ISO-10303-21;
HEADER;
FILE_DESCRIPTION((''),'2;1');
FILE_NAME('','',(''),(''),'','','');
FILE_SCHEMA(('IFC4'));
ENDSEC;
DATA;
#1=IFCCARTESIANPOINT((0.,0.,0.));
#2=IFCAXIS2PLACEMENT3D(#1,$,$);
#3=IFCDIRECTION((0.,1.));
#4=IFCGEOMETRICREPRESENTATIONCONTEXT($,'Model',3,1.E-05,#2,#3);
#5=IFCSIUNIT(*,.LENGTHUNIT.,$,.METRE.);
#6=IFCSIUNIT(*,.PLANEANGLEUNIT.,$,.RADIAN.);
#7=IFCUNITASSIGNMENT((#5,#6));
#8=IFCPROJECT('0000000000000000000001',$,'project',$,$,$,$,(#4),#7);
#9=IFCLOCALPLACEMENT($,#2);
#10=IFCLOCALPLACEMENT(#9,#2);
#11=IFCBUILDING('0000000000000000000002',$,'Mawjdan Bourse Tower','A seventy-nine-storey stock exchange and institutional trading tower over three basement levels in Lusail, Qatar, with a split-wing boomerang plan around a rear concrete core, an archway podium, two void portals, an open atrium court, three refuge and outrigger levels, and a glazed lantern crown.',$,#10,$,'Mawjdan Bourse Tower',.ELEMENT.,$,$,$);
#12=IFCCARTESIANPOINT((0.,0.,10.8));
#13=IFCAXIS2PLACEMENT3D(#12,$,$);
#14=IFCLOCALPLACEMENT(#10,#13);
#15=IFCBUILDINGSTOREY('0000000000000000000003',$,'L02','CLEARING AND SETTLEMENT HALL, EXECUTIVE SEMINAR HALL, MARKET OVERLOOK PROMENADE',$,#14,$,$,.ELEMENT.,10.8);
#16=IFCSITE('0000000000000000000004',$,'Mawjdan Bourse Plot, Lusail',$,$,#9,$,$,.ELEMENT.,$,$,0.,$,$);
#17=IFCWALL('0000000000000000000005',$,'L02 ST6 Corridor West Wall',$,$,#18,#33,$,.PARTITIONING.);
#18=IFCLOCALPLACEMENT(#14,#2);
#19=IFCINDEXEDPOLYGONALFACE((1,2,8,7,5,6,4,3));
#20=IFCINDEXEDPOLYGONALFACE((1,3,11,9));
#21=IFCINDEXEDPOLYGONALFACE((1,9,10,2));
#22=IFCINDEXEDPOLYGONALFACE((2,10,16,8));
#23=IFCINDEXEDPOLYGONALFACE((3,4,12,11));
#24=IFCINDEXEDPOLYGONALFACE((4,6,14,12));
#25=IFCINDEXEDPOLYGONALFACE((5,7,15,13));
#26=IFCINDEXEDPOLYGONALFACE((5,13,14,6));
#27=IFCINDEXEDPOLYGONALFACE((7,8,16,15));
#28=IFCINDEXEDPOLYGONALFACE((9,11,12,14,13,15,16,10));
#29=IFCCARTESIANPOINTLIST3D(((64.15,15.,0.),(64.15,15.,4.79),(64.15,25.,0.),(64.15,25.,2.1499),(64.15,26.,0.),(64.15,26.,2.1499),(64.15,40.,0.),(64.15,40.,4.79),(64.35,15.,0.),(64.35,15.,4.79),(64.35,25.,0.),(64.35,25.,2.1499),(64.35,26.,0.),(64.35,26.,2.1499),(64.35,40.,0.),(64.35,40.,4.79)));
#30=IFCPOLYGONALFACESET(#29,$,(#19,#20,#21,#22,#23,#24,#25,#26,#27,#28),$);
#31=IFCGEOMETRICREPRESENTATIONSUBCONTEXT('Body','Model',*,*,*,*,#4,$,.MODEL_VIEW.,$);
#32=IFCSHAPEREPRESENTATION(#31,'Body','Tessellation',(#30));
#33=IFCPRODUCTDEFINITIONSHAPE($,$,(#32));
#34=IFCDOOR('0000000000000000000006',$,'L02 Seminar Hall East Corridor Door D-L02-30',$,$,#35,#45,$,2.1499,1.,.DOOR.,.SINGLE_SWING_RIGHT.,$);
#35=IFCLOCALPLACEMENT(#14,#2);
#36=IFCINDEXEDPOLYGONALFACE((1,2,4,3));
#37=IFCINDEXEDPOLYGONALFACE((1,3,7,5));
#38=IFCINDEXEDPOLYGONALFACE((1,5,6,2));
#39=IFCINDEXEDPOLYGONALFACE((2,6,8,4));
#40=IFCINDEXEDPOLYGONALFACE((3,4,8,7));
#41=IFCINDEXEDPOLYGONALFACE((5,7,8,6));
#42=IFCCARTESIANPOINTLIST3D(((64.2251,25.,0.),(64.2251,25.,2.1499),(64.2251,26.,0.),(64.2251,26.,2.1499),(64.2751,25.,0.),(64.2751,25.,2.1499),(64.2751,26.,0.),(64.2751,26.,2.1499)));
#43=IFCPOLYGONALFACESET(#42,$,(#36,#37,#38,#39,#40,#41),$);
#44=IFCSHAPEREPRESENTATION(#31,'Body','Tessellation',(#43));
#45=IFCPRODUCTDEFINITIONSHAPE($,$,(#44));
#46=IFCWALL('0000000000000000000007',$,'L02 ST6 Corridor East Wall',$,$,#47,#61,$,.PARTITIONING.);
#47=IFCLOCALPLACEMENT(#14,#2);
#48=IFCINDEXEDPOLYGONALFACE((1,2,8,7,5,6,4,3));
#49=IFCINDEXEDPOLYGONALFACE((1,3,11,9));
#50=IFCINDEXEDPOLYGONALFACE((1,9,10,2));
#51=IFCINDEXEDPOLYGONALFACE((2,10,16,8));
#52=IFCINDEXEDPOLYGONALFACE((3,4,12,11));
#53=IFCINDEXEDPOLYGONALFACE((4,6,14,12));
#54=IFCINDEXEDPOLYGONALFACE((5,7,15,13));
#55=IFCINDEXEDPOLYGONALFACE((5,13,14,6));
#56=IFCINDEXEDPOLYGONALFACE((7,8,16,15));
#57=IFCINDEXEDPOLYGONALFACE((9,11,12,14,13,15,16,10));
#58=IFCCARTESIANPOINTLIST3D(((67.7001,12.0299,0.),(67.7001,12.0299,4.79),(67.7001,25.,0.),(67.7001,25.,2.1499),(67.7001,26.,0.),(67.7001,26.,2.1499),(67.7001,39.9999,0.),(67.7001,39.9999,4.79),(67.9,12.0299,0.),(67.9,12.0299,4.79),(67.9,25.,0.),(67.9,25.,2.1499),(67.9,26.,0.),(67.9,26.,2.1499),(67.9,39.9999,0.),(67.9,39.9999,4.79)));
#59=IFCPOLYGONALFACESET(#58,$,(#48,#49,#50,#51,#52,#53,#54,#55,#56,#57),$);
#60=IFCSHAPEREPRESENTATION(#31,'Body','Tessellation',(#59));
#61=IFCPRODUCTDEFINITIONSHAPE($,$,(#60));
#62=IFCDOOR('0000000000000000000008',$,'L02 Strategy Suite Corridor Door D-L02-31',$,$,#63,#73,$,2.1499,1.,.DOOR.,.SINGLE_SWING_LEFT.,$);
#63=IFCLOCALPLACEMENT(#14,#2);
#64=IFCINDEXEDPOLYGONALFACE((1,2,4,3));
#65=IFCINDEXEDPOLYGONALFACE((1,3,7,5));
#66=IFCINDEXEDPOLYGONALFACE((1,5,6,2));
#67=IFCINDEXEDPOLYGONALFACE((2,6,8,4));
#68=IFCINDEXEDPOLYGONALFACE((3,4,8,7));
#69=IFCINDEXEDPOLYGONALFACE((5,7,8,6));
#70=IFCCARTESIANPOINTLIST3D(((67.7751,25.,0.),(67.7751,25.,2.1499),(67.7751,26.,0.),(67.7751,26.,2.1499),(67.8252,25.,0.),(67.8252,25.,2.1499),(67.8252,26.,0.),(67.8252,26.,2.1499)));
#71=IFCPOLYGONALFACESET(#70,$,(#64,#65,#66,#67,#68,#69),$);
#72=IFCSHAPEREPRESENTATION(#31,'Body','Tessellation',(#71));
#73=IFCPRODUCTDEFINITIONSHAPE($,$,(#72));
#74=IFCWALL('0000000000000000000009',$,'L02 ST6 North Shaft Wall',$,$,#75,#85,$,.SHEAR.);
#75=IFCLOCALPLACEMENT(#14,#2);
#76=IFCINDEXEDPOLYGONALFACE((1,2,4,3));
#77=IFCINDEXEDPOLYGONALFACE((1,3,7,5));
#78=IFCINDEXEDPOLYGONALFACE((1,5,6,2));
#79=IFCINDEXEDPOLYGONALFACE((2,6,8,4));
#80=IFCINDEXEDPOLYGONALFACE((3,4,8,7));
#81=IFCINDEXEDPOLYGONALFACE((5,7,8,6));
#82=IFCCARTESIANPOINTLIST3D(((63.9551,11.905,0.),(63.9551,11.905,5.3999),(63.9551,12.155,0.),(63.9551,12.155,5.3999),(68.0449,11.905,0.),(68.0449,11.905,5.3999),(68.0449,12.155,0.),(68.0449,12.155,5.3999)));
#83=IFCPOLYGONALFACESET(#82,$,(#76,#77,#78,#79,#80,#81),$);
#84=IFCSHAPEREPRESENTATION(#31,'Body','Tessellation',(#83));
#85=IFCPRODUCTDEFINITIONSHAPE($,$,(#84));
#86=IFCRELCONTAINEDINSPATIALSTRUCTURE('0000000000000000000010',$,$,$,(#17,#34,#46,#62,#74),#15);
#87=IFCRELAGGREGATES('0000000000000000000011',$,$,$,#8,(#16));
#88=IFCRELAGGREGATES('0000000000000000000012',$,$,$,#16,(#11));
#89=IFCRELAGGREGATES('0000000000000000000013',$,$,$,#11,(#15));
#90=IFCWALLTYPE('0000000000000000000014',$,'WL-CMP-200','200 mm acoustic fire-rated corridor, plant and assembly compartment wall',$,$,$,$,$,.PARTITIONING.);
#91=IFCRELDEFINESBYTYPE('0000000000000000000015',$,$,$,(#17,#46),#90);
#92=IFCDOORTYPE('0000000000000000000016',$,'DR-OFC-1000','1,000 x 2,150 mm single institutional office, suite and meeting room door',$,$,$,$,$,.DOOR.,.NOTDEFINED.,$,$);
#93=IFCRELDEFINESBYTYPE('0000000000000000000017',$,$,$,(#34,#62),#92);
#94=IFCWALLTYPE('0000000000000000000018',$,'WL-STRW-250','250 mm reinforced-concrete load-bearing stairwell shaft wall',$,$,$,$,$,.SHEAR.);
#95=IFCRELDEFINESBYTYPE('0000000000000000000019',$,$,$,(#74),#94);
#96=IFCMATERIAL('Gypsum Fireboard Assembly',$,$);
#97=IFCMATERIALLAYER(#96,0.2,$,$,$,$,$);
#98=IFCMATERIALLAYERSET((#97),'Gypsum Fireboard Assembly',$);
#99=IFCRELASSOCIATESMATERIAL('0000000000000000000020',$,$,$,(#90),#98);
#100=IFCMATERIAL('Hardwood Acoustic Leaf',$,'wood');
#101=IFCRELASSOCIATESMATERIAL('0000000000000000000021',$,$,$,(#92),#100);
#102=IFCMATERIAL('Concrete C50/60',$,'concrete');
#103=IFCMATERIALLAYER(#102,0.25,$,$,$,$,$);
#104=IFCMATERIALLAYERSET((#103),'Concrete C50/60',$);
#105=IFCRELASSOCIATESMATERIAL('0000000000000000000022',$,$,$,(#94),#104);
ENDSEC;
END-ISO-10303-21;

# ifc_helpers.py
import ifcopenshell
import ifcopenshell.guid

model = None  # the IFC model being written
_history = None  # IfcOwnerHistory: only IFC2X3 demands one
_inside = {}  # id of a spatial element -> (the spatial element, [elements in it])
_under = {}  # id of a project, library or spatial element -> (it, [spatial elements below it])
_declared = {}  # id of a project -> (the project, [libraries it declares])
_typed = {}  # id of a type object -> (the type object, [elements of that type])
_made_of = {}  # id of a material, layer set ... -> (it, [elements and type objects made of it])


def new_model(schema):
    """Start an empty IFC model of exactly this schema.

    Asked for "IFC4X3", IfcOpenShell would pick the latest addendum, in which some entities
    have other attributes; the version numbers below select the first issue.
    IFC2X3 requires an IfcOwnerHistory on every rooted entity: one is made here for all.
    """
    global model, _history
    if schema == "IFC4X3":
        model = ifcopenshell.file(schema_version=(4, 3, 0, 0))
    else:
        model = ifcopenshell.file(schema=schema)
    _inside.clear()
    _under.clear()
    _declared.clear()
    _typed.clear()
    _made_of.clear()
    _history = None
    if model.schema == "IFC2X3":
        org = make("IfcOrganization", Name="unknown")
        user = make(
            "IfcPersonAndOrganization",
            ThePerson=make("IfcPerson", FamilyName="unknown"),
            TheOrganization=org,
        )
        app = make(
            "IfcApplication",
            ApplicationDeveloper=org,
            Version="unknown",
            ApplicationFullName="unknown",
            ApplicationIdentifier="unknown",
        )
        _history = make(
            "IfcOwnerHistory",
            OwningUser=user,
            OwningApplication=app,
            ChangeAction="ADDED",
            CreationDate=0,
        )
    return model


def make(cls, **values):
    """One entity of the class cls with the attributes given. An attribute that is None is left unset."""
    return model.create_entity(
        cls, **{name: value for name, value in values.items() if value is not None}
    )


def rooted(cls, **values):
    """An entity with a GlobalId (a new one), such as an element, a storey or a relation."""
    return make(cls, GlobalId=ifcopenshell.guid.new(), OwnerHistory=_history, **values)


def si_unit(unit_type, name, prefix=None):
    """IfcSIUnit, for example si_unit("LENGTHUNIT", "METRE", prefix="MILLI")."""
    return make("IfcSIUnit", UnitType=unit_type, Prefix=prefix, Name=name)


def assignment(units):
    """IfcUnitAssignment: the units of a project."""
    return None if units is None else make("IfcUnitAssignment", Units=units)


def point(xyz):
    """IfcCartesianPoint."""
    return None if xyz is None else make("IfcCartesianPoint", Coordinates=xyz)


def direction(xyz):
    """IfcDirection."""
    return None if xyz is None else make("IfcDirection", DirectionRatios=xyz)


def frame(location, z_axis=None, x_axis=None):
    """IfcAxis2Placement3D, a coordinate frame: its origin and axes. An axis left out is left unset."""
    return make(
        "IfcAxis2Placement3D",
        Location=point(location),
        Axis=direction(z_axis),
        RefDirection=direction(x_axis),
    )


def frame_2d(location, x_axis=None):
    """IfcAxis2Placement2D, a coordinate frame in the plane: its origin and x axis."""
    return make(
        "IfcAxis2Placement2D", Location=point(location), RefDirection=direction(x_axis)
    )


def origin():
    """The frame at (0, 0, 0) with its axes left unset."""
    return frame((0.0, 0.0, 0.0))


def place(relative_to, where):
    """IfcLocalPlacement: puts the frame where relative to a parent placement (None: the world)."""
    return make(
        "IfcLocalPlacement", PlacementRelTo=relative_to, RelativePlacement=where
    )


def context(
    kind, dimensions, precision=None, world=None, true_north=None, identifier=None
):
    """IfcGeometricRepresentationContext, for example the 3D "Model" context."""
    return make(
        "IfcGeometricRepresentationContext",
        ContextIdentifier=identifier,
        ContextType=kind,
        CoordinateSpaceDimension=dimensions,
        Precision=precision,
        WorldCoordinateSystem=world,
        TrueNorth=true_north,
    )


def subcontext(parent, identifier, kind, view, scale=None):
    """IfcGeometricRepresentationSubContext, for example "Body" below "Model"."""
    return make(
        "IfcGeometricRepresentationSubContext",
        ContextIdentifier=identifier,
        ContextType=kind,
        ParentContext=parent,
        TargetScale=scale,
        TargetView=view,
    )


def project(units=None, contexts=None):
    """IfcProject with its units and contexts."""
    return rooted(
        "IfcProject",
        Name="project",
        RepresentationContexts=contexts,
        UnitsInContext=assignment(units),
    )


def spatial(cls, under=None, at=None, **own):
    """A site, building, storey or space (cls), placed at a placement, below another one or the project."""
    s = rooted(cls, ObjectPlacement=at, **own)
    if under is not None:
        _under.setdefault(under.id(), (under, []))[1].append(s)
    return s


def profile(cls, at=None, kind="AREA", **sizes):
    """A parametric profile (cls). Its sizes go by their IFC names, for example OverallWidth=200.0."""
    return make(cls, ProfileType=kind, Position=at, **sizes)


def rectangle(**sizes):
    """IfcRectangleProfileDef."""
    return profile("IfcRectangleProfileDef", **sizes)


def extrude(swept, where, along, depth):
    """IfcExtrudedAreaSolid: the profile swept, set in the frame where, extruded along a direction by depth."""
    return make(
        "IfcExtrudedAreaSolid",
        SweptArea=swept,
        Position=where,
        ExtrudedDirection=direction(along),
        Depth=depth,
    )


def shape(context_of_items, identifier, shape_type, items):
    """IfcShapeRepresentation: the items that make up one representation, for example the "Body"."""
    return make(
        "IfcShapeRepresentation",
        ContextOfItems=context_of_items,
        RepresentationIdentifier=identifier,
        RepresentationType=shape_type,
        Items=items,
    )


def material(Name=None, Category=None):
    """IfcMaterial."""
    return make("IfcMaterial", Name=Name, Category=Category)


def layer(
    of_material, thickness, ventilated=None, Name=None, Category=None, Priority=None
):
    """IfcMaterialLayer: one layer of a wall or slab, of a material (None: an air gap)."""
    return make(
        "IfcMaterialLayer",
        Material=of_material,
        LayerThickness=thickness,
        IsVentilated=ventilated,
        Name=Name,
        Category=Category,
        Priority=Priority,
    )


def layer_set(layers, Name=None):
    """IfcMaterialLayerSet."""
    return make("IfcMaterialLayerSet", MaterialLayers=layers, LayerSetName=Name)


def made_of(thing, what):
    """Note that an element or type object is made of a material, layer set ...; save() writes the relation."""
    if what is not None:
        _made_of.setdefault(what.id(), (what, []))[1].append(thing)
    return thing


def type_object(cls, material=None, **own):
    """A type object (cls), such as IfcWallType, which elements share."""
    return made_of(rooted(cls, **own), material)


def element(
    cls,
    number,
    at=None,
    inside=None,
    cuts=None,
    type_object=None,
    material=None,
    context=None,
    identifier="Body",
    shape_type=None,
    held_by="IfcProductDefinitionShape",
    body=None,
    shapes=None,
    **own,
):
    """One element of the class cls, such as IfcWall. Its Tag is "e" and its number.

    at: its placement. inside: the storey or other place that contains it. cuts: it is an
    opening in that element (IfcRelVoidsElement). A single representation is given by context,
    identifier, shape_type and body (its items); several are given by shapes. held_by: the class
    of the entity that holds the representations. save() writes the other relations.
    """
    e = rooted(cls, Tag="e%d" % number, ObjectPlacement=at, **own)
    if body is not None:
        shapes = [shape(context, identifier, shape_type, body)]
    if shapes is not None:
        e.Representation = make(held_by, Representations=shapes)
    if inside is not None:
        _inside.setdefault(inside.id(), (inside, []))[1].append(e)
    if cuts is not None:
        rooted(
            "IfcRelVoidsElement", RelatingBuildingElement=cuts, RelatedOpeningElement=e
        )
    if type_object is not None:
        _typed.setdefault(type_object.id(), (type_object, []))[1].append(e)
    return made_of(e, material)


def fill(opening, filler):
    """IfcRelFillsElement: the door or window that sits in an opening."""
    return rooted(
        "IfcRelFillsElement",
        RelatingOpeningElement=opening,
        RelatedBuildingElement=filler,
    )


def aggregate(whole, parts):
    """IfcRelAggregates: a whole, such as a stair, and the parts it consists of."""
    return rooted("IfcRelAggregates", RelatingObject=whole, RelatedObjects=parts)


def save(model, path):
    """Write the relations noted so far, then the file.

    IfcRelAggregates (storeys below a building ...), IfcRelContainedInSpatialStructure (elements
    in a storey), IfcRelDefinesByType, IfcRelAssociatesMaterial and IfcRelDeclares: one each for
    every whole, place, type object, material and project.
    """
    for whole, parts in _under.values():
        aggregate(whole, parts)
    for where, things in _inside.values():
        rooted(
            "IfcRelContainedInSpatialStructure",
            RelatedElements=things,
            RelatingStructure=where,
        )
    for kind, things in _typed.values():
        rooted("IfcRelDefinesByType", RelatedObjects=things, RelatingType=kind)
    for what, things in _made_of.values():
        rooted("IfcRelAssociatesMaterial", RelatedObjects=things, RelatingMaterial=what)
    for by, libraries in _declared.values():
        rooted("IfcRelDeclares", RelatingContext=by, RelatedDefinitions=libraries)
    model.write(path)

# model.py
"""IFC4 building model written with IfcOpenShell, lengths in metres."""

from ifc_helpers import new_model, si_unit, direction, frame, frame_2d, origin, place, context, subcontext, project, spatial, rectangle, extrude, material, layer, layer_set, type_object, element, fill, save


model = new_model("IFC4")

# Units and contexts
model_context = context("Model", 3, precision=1e-05, world=origin(), true_north=direction((0.0, 1.0)))
body_context = subcontext(model_context, "Body", "Model", "MODEL_VIEW")
ifc_project = project(units=[si_unit("LENGTHUNIT", "METRE"), si_unit("PLANEANGLEUNIT", "RADIAN")], contexts=[model_context])

# Site, building, storey
site_placement = place(None, origin())
site = spatial("IfcSite", under=ifc_project, at=site_placement, Name="Mawjdan Bourse Plot, Lusail", CompositionType="ELEMENT", RefElevation=0.0)
building_placement = place(site_placement, origin())
building = spatial("IfcBuilding", under=site, at=building_placement, Name="Mawjdan Bourse Tower", Description="A seventy-nine-storey stock exchange and institutional trading tower over three basement levels in Lusail, Qatar, with a split-wing boomerang plan around a rear concrete core, an archway podium, two void portals, an open atrium court, three refuge and outrigger levels, and a glazed lantern crown.", LongName="Mawjdan Bourse Tower", CompositionType="ELEMENT")
storey_placement = place(building_placement, frame((0.0, 0.0, 10.8)))
storey = spatial("IfcBuildingStorey", under=building, at=storey_placement, Name="L02", Description="CLEARING AND SETTLEMENT HALL, EXECUTIVE SEMINAR HALL, MARKET OVERLOOK PROMENADE", CompositionType="ELEMENT", Elevation=10.8)

# Walls, openings, doors
ifc_material_1 = material(Name="Gypsum Fireboard Assembly")
ifc_layer_1 = layer(ifc_material_1, 0.2)
ifc_layer_set_1 = layer_set([ifc_layer_1], Name="Gypsum Fireboard Assembly")
wall_type_1 = type_object("IfcWallType", Name="WL-CMP-200", Description="200 mm acoustic fire-rated corridor, plant and assembly compartment wall", PredefinedType="PARTITIONING", material=ifc_layer_set_1)
wall_1_placement = place(storey_placement, frame((64.25, 15.0, 0.0), z_axis=(0.0, 0.0, 1.0), x_axis=(0.0, 1.0, 0.0)))
wall_1 = element("IfcWall", 1, at=wall_1_placement, inside=storey, type_object=wall_type_1, Name="L02 ST6 Corridor West Wall", PredefinedType="PARTITIONING", context=body_context, shape_type="SweptSolid", body=[
    extrude(rectangle(XDim=25.0, YDim=0.2, at=frame_2d((12.5, 0.0))), origin(), (0.0, 0.0, 1.0), 4.79),
])
opening_1_placement = place(wall_1_placement, frame((10.0, 0.0, 0.0)))
opening_1 = element("IfcOpeningElement", 2, at=opening_1_placement, cuts=wall_1, PredefinedType="OPENING", context=body_context, shape_type="SweptSolid", body=[
    extrude(rectangle(XDim=1.0, YDim=2.1499, at=frame_2d((0.5, 1.075))), frame((0.0, 0.1099, 0.0), z_axis=(0.0, -1.0, 0.0), x_axis=(1.0, 0.0, 0.0)), (0.0, 0.0, 1.0), 0.22),
])
ifc_material_2 = material(Name="Hardwood Acoustic Leaf", Category="wood")
door_type_1 = type_object("IfcDoorType", Name="DR-OFC-1000", Description="1,000 x 2,150 mm single institutional office, suite and meeting room door", OperationType="NOTDEFINED", PredefinedType="DOOR", material=ifc_material_2)
door_1_placement = place(opening_1_placement, origin())
door_1 = element("IfcDoor", 3, at=door_1_placement, inside=storey, type_object=door_type_1, Name="L02 Seminar Hall East Corridor Door D-L02-30", OperationType="SINGLE_SWING_RIGHT", OverallHeight=2.1499, OverallWidth=1.0, PredefinedType="DOOR", context=body_context, shape_type="SweptSolid", body=[
    extrude(rectangle(XDim=1.0, YDim=2.1499, at=frame_2d((0.5, 1.075))), frame((0.0, 0.0249, 0.0), z_axis=(0.0, -1.0, 0.0), x_axis=(1.0, 0.0, 0.0)), (0.0, 0.0, 1.0), 0.05),
])
fill(opening_1, door_1)
wall_2_placement = place(storey_placement, frame((67.8, 12.03, 0.0), z_axis=(0.0, 0.0, 1.0), x_axis=(0.0, 1.0, 0.0)))
wall_2 = element("IfcWall", 4, at=wall_2_placement, inside=storey, type_object=wall_type_1, Name="L02 ST6 Corridor East Wall", PredefinedType="PARTITIONING", context=body_context, shape_type="SweptSolid", body=[
    extrude(rectangle(XDim=27.97, YDim=0.2, at=frame_2d((13.9849, 0.0))), origin(), (0.0, 0.0, 1.0), 4.79),
])
opening_2_placement = place(wall_2_placement, frame((12.97, 0.0, 0.0)))
opening_2 = element("IfcOpeningElement", 5, at=opening_2_placement, cuts=wall_2, PredefinedType="OPENING", context=body_context, shape_type="SweptSolid", body=[
    extrude(rectangle(XDim=1.0, YDim=2.1499, at=frame_2d((0.5, 1.075))), frame((0.0, 0.1099, 0.0), z_axis=(0.0, -1.0, 0.0), x_axis=(1.0, 0.0, 0.0)), (0.0, 0.0, 1.0), 0.22),
])
door_2_placement = place(opening_2_placement, origin())
door_2 = element("IfcDoor", 6, at=door_2_placement, inside=storey, type_object=door_type_1, Name="L02 Strategy Suite Corridor Door D-L02-31", OperationType="SINGLE_SWING_LEFT", OverallHeight=2.1499, OverallWidth=1.0, PredefinedType="DOOR", context=body_context, shape_type="SweptSolid", body=[
    extrude(rectangle(XDim=1.0, YDim=2.1499, at=frame_2d((0.5, 1.075))), frame((0.0, 0.0249, 0.0), z_axis=(0.0, -1.0, 0.0), x_axis=(1.0, 0.0, 0.0)), (0.0, 0.0, 1.0), 0.05),
])
fill(opening_2, door_2)

# Wall
ifc_material_3 = material(Name="Concrete C50/60", Category="concrete")
ifc_layer_2 = layer(ifc_material_3, 0.25)
ifc_layer_set_2 = layer_set([ifc_layer_2], Name="Concrete C50/60")
wall_type_2 = type_object("IfcWallType", Name="WL-STRW-250", Description="250 mm reinforced-concrete load-bearing stairwell shaft wall", PredefinedType="SHEAR", material=ifc_layer_set_2)
wall_3_placement = place(storey_placement, frame((63.9551, 12.03, 0.0), z_axis=(0.0, 0.0, 1.0), x_axis=(1.0, 0.0, 0.0)))
element("IfcWall", 7, at=wall_3_placement, inside=storey, type_object=wall_type_2, Name="L02 ST6 North Shaft Wall", PredefinedType="SHEAR", context=body_context, shape_type="SweptSolid", body=[
    extrude(rectangle(XDim=4.0898, YDim=0.25, at=frame_2d((2.0449, 0.0))), origin(), (0.0, 0.0, 1.0), 5.3999),
])

save(model, "model.ifc")
